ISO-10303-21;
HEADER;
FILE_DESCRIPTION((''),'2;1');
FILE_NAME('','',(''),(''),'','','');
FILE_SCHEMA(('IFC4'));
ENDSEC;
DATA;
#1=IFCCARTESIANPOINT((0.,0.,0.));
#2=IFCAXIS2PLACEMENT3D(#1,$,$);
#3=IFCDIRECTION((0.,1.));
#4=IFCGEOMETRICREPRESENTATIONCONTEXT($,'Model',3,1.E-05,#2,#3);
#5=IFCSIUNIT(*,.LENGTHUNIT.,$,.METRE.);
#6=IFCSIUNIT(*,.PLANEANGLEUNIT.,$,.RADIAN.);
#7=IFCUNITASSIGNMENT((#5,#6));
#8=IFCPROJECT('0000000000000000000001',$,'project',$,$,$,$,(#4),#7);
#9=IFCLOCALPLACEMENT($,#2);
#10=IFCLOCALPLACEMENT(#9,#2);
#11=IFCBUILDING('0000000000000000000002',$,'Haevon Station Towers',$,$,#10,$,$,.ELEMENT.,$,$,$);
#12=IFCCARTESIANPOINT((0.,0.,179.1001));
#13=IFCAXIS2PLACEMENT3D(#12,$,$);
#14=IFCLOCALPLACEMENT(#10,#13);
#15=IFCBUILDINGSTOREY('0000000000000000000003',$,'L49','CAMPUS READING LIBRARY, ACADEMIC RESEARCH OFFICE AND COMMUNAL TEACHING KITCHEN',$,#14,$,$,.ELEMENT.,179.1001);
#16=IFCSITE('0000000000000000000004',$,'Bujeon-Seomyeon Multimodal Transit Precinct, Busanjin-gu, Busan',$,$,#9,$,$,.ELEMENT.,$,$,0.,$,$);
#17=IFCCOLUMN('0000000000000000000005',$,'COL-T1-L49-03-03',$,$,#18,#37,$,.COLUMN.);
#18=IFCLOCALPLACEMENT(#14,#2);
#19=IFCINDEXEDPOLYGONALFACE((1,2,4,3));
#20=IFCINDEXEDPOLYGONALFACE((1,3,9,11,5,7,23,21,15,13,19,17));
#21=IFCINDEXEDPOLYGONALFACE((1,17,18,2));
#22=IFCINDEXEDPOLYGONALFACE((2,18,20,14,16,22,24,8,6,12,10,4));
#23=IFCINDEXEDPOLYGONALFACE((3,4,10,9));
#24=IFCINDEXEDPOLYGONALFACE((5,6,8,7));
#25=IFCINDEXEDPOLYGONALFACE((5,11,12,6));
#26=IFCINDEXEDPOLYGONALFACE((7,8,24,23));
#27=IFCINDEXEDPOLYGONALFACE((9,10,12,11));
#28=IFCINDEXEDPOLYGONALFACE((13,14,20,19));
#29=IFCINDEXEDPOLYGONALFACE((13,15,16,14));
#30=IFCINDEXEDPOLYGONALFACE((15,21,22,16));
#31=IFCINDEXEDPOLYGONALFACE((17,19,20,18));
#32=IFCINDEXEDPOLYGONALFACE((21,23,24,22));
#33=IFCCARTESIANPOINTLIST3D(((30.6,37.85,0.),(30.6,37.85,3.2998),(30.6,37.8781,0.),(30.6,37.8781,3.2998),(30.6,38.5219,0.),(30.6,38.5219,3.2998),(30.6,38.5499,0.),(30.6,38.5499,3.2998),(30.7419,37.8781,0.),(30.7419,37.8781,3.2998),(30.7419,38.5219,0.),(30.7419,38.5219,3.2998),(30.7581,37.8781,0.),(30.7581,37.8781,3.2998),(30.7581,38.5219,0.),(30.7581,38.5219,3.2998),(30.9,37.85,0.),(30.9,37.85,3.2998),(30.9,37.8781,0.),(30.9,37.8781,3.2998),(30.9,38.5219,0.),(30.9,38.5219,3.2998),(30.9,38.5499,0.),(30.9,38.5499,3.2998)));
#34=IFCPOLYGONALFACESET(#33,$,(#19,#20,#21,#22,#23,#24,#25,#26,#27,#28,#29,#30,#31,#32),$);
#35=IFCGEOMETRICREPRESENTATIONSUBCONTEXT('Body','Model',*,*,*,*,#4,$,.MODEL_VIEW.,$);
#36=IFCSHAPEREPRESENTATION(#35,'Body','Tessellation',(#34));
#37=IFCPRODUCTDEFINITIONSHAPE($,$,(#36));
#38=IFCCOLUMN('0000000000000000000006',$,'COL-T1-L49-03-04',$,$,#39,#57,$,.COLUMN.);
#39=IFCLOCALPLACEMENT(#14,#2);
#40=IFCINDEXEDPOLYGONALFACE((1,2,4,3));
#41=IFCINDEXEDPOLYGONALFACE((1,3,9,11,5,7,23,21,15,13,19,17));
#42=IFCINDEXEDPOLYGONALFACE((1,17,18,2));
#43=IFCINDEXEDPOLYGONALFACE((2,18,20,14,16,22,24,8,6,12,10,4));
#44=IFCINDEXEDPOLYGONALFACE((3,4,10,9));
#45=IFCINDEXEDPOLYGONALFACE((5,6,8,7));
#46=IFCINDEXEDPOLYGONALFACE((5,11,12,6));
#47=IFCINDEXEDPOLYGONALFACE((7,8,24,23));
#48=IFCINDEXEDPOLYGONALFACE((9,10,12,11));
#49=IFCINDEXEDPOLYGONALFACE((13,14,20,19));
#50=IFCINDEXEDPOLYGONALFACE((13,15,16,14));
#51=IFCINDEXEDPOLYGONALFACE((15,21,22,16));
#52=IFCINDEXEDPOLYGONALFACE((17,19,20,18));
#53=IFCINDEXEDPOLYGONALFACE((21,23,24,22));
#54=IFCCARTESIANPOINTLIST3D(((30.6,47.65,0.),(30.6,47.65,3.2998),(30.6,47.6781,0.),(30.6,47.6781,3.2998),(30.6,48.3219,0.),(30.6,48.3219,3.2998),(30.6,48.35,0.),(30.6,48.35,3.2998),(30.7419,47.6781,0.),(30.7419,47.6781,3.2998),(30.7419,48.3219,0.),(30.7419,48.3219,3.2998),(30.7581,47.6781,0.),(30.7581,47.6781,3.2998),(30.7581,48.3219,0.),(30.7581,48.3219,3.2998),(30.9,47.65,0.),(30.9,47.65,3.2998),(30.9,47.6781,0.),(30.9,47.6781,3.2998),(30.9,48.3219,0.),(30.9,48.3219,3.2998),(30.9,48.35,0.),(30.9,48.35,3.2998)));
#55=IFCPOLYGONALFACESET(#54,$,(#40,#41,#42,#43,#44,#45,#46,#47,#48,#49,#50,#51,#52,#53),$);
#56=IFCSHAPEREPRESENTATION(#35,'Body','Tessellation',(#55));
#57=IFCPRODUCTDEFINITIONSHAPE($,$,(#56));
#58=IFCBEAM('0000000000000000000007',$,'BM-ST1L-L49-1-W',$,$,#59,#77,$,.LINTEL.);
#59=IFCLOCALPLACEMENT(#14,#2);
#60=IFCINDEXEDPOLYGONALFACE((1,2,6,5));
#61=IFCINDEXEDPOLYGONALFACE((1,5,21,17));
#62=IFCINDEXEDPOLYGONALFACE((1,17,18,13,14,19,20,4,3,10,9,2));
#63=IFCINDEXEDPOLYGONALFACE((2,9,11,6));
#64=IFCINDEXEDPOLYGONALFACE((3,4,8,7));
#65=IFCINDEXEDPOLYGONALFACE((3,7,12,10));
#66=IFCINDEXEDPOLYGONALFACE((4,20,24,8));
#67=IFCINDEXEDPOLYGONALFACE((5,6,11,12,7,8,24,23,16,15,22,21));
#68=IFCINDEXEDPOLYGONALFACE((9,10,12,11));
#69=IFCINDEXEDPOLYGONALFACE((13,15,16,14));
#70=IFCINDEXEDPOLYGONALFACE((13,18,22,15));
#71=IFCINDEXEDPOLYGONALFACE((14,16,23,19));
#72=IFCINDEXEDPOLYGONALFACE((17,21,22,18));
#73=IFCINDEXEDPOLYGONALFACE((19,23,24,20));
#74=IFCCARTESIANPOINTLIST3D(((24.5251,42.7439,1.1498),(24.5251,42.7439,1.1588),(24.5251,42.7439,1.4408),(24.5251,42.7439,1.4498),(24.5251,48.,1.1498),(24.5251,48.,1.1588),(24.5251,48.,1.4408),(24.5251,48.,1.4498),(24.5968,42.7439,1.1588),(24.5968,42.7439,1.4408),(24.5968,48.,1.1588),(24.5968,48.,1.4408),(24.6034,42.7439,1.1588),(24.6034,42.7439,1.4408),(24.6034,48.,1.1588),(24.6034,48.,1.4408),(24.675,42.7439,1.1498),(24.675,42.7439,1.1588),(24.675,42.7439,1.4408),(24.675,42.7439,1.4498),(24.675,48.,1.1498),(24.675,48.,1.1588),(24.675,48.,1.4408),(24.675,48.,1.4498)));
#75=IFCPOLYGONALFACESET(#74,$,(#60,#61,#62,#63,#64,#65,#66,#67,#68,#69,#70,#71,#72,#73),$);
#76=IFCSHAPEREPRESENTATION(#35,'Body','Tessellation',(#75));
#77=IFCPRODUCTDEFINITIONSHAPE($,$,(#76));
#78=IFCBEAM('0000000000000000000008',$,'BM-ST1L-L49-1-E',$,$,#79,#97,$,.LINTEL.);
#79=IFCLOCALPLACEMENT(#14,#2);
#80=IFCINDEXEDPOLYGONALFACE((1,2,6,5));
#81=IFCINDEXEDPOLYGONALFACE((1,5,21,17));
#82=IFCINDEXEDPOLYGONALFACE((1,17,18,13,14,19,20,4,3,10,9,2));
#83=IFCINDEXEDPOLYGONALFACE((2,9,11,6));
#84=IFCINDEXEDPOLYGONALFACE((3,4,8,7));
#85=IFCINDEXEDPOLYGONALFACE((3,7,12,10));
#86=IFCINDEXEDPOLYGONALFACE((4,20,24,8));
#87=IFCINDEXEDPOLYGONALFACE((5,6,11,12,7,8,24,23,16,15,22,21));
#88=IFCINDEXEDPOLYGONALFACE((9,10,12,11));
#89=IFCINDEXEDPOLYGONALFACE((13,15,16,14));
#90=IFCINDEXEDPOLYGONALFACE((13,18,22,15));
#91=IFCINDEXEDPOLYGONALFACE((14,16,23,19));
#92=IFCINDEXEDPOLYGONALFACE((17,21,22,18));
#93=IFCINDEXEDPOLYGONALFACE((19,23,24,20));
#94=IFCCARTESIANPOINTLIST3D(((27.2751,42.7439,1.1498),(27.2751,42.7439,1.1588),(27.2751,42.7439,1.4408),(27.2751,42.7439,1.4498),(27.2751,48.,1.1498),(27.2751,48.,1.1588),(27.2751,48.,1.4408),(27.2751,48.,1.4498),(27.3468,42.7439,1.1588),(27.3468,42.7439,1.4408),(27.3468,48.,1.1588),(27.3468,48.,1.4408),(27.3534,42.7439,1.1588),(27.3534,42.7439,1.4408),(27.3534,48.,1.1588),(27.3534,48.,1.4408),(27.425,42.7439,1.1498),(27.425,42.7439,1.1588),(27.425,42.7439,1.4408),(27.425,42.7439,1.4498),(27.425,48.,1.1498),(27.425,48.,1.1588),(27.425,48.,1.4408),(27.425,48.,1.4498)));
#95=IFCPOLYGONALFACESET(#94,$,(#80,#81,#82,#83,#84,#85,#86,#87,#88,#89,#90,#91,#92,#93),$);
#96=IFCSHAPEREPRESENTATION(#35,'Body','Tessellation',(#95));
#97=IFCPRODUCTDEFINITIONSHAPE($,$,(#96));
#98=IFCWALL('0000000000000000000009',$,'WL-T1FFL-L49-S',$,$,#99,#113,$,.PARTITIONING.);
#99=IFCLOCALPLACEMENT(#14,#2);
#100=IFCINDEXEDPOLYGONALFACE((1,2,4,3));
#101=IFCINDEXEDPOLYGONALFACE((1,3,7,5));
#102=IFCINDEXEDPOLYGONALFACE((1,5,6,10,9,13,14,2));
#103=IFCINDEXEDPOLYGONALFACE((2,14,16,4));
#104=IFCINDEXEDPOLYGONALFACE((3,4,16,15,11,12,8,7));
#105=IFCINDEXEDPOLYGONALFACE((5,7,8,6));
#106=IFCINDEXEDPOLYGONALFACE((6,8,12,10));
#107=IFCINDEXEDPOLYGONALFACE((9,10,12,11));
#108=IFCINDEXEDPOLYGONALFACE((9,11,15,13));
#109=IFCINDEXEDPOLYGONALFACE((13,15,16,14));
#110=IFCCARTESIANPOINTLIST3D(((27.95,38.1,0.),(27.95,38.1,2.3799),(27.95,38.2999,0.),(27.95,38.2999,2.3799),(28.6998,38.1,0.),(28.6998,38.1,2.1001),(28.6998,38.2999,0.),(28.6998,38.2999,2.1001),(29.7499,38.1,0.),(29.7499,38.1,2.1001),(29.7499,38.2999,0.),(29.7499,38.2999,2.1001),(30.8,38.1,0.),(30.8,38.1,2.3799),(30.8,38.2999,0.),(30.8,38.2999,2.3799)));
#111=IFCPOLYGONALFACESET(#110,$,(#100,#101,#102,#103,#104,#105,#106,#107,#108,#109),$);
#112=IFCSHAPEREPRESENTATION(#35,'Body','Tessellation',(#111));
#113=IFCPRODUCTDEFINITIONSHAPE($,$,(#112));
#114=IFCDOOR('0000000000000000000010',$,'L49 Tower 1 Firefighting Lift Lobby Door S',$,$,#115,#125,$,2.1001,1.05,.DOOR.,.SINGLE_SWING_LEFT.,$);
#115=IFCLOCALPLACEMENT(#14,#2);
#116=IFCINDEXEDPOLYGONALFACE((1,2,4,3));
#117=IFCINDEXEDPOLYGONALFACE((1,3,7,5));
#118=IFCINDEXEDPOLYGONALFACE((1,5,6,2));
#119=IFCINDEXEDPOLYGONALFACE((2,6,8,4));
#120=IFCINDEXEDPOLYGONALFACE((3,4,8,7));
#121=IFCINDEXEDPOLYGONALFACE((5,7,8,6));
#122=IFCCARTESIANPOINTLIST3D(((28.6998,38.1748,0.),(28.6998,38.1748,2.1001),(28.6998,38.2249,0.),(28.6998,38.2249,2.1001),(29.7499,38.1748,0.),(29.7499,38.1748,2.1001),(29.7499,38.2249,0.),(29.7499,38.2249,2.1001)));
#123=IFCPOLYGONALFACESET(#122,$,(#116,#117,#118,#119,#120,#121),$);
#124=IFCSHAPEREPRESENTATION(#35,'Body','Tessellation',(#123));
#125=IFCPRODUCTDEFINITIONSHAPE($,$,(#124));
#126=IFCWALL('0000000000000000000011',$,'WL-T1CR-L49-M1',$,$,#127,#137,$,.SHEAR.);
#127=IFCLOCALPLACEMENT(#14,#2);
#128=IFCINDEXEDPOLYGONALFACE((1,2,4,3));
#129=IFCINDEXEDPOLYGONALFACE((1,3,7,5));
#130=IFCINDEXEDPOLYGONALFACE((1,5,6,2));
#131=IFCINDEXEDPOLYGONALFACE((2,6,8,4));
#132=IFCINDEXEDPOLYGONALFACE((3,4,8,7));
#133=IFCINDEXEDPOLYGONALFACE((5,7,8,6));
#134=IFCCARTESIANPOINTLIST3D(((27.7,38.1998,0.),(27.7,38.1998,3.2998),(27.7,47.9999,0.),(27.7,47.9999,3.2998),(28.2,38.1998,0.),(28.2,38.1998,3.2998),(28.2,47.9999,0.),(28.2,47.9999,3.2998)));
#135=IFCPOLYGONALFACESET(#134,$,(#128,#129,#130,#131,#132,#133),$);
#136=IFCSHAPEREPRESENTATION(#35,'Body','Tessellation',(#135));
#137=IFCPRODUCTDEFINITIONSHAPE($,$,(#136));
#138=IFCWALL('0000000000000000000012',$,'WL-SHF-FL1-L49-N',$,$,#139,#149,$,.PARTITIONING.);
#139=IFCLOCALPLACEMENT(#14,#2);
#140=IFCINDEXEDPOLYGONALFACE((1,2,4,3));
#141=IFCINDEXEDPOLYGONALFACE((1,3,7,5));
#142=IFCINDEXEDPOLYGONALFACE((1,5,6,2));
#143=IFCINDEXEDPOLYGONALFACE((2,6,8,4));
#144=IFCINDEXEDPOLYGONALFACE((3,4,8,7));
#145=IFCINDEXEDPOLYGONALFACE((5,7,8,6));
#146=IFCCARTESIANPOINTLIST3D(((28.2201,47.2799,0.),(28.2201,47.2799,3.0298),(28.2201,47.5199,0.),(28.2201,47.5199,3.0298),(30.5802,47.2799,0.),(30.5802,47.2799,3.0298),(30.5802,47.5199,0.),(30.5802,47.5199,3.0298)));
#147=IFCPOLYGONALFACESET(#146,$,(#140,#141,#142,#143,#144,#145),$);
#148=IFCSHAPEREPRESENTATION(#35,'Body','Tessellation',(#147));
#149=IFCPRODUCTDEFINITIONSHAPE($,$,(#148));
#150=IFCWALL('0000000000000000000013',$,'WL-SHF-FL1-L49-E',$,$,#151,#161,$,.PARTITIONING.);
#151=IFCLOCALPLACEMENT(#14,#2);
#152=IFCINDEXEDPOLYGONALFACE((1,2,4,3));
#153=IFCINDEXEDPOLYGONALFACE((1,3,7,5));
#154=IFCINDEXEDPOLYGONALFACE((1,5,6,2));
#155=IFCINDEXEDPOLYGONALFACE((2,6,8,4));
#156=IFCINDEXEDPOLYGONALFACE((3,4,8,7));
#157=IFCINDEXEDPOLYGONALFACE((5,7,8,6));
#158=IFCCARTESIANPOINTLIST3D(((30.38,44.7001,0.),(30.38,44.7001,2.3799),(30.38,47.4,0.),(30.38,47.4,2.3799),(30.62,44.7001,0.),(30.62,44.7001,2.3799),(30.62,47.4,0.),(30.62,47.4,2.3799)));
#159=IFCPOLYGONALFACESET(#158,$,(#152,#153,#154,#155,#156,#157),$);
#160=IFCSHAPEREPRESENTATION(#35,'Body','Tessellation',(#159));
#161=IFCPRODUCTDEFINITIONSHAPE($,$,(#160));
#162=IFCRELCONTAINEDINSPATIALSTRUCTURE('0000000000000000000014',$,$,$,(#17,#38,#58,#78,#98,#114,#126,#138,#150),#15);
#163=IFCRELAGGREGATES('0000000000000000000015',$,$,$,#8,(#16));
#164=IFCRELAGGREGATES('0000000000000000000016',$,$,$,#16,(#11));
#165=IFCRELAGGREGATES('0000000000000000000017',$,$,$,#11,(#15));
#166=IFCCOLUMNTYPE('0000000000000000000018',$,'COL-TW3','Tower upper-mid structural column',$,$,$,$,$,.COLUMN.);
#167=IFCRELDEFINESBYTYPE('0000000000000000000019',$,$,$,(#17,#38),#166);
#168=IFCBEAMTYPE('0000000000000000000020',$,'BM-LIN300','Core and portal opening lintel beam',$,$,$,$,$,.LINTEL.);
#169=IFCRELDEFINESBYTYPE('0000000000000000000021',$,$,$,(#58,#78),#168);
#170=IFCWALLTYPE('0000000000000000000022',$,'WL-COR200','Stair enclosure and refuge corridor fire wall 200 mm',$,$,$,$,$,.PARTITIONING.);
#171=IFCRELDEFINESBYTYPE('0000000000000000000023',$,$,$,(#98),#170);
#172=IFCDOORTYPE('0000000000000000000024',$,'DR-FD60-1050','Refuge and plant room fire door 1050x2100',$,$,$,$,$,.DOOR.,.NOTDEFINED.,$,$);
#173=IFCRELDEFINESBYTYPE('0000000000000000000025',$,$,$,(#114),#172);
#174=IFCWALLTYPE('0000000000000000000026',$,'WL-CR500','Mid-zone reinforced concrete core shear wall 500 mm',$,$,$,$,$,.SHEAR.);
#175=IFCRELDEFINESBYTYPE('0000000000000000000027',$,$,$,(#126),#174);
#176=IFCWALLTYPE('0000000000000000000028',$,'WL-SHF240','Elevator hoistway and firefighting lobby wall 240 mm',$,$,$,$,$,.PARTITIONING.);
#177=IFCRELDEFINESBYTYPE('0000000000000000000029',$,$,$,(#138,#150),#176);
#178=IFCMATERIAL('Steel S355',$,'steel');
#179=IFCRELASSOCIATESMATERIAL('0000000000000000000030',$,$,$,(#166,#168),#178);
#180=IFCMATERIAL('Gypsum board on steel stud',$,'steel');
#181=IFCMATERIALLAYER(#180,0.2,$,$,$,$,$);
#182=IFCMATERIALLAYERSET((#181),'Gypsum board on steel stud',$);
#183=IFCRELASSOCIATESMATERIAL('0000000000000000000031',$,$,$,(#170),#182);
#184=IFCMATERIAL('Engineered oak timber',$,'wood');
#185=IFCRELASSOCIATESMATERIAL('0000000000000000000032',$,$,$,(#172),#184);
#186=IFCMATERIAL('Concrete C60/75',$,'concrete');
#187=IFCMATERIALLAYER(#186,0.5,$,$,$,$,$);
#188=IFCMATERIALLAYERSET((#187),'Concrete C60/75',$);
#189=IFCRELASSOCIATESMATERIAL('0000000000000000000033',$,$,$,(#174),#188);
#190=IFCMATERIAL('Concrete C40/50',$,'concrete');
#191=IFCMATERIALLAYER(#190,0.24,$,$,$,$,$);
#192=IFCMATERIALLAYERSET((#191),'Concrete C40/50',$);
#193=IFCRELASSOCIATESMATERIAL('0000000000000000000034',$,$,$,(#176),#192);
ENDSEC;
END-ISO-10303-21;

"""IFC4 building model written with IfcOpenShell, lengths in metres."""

from ifc_helpers import new_model, si_unit, direction, frame, frame_2d, origin, origin_2d, place, context, subcontext, project, spatial, rectangle, i_section, extrude, material, layer, layer_set, material_profile, profile_set, type_object, element, fill, save


model = new_model("IFC4")

# Units and contexts
model_context = context("Model", 3, precision=1e-05, world=origin(), true_north=direction((0.0, 1.0)))
body_context = subcontext(model_context, "Body", "Model", "MODEL_VIEW")
ifc_project = project(units=[si_unit("LENGTHUNIT", "METRE"), si_unit("PLANEANGLEUNIT", "RADIAN")], contexts=[model_context])

# Site, building, storey
site_placement = place(None, origin())
site = spatial("IfcSite", under=ifc_project, at=site_placement, Name="Bujeon-Seomyeon Multimodal Transit Precinct, Busanjin-gu, Busan", CompositionType="ELEMENT", RefElevation=0.0)
building_placement = place(site_placement, origin())
building = spatial("IfcBuilding", under=site, at=building_placement, Name="Haevon Station Towers", CompositionType="ELEMENT")
storey_placement = place(building_placement, frame((0.0, 0.0, 179.1001)))
storey = spatial("IfcBuildingStorey", under=building, at=storey_placement, Name="L49", Description="CAMPUS READING LIBRARY, ACADEMIC RESEARCH OFFICE AND COMMUNAL TEACHING KITCHEN", CompositionType="ELEMENT", Elevation=179.1001)

# Columns
ifc_material_1 = material(Name="Steel S355", Category="steel")
ifc_material_profile_1 = material_profile(ifc_material_1, i_section(OverallWidth=0.3, OverallDepth=0.7, WebThickness=0.0161, FlangeThickness=0.0281, at=origin_2d()), Name="H-700x300x16x28")
ifc_profile_set_1 = profile_set([ifc_material_profile_1], Name="Steel S355")
column_type = type_object("IfcColumnType", Name="COL-TW3", Description="Tower upper-mid structural column", PredefinedType="COLUMN", material=ifc_profile_set_1)
for number, where, z_axis, x_axis, name in (
    (1, (30.75, 38.2, 0.0), (0.0, 0.0, 1.0), (1.0, 0.0, 0.0), "COL-T1-L49-03-03"),
    (2, (30.75, 48.0, 0.0), (0.0, 0.0, 1.0), (1.0, 0.0, 0.0), "COL-T1-L49-03-04"),
):
    element("IfcColumn", number, at=place(storey_placement, frame(where, z_axis=z_axis, x_axis=x_axis)), inside=storey, type_object=column_type, Name=name, PredefinedType="COLUMN", context=body_context, shape_type="SweptSolid", body=[
        extrude(i_section(OverallWidth=0.3, OverallDepth=0.7, WebThickness=0.0161, FlangeThickness=0.0281, at=origin_2d()), origin(), (0.0, 0.0, 1.0), 3.2998),
    ])

# Beams
ifc_material_profile_2 = material_profile(ifc_material_1, i_section(OverallWidth=0.1499, OverallDepth=0.3, WebThickness=0.0066, FlangeThickness=0.009, at=origin_2d()), Name="H-300x150x6.5x9")
ifc_profile_set_2 = profile_set([ifc_material_profile_2], Name="Steel S355")
beam_type = type_object("IfcBeamType", Name="BM-LIN300", Description="Core and portal opening lintel beam", PredefinedType="LINTEL", material=ifc_profile_set_2)
for number, where, z_axis, x_axis, name in (
    (3, (24.6001, 42.7439, 1.2998), (0.0, 1.0, 0.0), (-1.0, 0.0, 0.0), "BM-ST1L-L49-1-W"),
    (4, (27.3501, 42.7439, 1.2998), (0.0, 1.0, 0.0), (-1.0, 0.0, 0.0), "BM-ST1L-L49-1-E"),
):
    element("IfcBeam", number, at=place(storey_placement, frame(where, z_axis=z_axis, x_axis=x_axis)), inside=storey, type_object=beam_type, Name=name, PredefinedType="LINTEL", context=body_context, shape_type="SweptSolid", body=[
        extrude(i_section(OverallWidth=0.1499, OverallDepth=0.3, WebThickness=0.0066, FlangeThickness=0.009, at=origin_2d()), origin(), (0.0, 0.0, 1.0), 5.2561),
    ])

# Wall, opening, door
ifc_material_2 = material(Name="Gypsum board on steel stud", Category="steel")
ifc_layer_1 = layer(ifc_material_2, 0.2)
ifc_layer_set_1 = layer_set([ifc_layer_1], Name="Gypsum board on steel stud")
wall_type_1 = type_object("IfcWallType", Name="WL-COR200", Description="Stair enclosure and refuge corridor fire wall 200 mm", PredefinedType="PARTITIONING", material=ifc_layer_set_1)
wall_1_placement = place(storey_placement, frame((27.95, 38.2, 0.0), z_axis=(0.0, 0.0, 1.0), x_axis=(1.0, 0.0, 0.0)))
wall_1 = element("IfcWall", 5, at=wall_1_placement, inside=storey, type_object=wall_type_1, Name="WL-T1FFL-L49-S", PredefinedType="PARTITIONING", context=body_context, shape_type="SweptSolid", body=[
    extrude(rectangle(XDim=2.8501, YDim=0.2, at=frame_2d((1.425, 0.0))), origin(), (0.0, 0.0, 1.0), 2.3799),
])
opening_1_placement = place(wall_1_placement, frame((0.75, 0.0, 0.0)))
opening_1 = element("IfcOpeningElement", 6, at=opening_1_placement, cuts=wall_1, PredefinedType="OPENING", context=body_context, shape_type="SweptSolid", body=[
    extrude(rectangle(XDim=1.05, YDim=2.1001, at=frame_2d((0.5249, 1.05))), frame((0.0, 0.1099, 0.0), z_axis=(0.0, -1.0, 0.0), x_axis=(1.0, 0.0, 0.0)), (0.0, 0.0, 1.0), 0.22),
])
ifc_material_3 = material(Name="Engineered oak timber", Category="wood")
door_type_1 = type_object("IfcDoorType", Name="DR-FD60-1050", Description="Refuge and plant room fire door 1050x2100", OperationType="NOTDEFINED", PredefinedType="DOOR", material=ifc_material_3)
door_1_placement = place(opening_1_placement, origin())
door_1 = element("IfcDoor", 7, at=door_1_placement, inside=storey, type_object=door_type_1, Name="L49 Tower 1 Firefighting Lift Lobby Door S", OperationType="SINGLE_SWING_LEFT", OverallHeight=2.1001, OverallWidth=1.05, PredefinedType="DOOR", context=body_context, shape_type="SweptSolid", body=[
    extrude(rectangle(XDim=1.05, YDim=2.1001, at=frame_2d((0.5249, 1.05))), frame((0.0, 0.0249, 0.0), z_axis=(0.0, -1.0, 0.0), x_axis=(1.0, 0.0, 0.0)), (0.0, 0.0, 1.0), 0.05),
])
fill(opening_1, door_1)

# Wall
ifc_material_4 = material(Name="Concrete C60/75", Category="concrete")
ifc_layer_2 = layer(ifc_material_4, 0.5)
ifc_layer_set_2 = layer_set([ifc_layer_2], Name="Concrete C60/75")
wall_type_2 = type_object("IfcWallType", Name="WL-CR500", Description="Mid-zone reinforced concrete core shear wall 500 mm", PredefinedType="SHEAR", material=ifc_layer_set_2)
wall_2_placement = place(storey_placement, frame((27.95, 38.2, 0.0), z_axis=(0.0, 0.0, 1.0), x_axis=(0.0, 1.0, 0.0)))
element("IfcWall", 8, at=wall_2_placement, inside=storey, type_object=wall_type_2, Name="WL-T1CR-L49-M1", PredefinedType="SHEAR", context=body_context, shape_type="SweptSolid", body=[
    extrude(rectangle(XDim=9.8, YDim=0.5, at=frame_2d((4.8999, 0.0))), origin(), (0.0, 0.0, 1.0), 3.2998),
])

# Shared definitions
ifc_material_5 = material(Name="Concrete C40/50", Category="concrete")
ifc_layer_3 = layer(ifc_material_5, 0.24)
ifc_layer_set_3 = layer_set([ifc_layer_3], Name="Concrete C40/50")
wall_type_3 = type_object("IfcWallType", Name="WL-SHF240", Description="Elevator hoistway and firefighting lobby wall 240 mm", PredefinedType="PARTITIONING", material=ifc_layer_set_3)

# Walls
wall_3_placement = place(storey_placement, frame((28.22, 47.3999, 0.0), z_axis=(0.0, 0.0, 1.0), x_axis=(1.0, 0.0, 0.0)))
element("IfcWall", 9, at=wall_3_placement, inside=storey, type_object=wall_type_3, Name="WL-SHF-FL1-L49-N", PredefinedType="PARTITIONING", context=body_context, shape_type="SweptSolid", body=[
    extrude(rectangle(XDim=2.3601, YDim=0.24, at=frame_2d((1.1802, 0.0))), origin(), (0.0, 0.0, 1.0), 3.0298),
])
wall_4_placement = place(storey_placement, frame((30.5, 44.7, 0.0), z_axis=(0.0, 0.0, 1.0), x_axis=(0.0, 1.0, 0.0)))
element("IfcWall", 10, at=wall_4_placement, inside=storey, type_object=wall_type_3, Name="WL-SHF-FL1-L49-E", PredefinedType="PARTITIONING", context=body_context, shape_type="SweptSolid", body=[
    extrude(rectangle(XDim=2.7, YDim=0.24, at=frame_2d((1.3501, 0.0))), origin(), (0.0, 0.0, 1.0), 2.3799),
])

save(model, "model.ifc")
